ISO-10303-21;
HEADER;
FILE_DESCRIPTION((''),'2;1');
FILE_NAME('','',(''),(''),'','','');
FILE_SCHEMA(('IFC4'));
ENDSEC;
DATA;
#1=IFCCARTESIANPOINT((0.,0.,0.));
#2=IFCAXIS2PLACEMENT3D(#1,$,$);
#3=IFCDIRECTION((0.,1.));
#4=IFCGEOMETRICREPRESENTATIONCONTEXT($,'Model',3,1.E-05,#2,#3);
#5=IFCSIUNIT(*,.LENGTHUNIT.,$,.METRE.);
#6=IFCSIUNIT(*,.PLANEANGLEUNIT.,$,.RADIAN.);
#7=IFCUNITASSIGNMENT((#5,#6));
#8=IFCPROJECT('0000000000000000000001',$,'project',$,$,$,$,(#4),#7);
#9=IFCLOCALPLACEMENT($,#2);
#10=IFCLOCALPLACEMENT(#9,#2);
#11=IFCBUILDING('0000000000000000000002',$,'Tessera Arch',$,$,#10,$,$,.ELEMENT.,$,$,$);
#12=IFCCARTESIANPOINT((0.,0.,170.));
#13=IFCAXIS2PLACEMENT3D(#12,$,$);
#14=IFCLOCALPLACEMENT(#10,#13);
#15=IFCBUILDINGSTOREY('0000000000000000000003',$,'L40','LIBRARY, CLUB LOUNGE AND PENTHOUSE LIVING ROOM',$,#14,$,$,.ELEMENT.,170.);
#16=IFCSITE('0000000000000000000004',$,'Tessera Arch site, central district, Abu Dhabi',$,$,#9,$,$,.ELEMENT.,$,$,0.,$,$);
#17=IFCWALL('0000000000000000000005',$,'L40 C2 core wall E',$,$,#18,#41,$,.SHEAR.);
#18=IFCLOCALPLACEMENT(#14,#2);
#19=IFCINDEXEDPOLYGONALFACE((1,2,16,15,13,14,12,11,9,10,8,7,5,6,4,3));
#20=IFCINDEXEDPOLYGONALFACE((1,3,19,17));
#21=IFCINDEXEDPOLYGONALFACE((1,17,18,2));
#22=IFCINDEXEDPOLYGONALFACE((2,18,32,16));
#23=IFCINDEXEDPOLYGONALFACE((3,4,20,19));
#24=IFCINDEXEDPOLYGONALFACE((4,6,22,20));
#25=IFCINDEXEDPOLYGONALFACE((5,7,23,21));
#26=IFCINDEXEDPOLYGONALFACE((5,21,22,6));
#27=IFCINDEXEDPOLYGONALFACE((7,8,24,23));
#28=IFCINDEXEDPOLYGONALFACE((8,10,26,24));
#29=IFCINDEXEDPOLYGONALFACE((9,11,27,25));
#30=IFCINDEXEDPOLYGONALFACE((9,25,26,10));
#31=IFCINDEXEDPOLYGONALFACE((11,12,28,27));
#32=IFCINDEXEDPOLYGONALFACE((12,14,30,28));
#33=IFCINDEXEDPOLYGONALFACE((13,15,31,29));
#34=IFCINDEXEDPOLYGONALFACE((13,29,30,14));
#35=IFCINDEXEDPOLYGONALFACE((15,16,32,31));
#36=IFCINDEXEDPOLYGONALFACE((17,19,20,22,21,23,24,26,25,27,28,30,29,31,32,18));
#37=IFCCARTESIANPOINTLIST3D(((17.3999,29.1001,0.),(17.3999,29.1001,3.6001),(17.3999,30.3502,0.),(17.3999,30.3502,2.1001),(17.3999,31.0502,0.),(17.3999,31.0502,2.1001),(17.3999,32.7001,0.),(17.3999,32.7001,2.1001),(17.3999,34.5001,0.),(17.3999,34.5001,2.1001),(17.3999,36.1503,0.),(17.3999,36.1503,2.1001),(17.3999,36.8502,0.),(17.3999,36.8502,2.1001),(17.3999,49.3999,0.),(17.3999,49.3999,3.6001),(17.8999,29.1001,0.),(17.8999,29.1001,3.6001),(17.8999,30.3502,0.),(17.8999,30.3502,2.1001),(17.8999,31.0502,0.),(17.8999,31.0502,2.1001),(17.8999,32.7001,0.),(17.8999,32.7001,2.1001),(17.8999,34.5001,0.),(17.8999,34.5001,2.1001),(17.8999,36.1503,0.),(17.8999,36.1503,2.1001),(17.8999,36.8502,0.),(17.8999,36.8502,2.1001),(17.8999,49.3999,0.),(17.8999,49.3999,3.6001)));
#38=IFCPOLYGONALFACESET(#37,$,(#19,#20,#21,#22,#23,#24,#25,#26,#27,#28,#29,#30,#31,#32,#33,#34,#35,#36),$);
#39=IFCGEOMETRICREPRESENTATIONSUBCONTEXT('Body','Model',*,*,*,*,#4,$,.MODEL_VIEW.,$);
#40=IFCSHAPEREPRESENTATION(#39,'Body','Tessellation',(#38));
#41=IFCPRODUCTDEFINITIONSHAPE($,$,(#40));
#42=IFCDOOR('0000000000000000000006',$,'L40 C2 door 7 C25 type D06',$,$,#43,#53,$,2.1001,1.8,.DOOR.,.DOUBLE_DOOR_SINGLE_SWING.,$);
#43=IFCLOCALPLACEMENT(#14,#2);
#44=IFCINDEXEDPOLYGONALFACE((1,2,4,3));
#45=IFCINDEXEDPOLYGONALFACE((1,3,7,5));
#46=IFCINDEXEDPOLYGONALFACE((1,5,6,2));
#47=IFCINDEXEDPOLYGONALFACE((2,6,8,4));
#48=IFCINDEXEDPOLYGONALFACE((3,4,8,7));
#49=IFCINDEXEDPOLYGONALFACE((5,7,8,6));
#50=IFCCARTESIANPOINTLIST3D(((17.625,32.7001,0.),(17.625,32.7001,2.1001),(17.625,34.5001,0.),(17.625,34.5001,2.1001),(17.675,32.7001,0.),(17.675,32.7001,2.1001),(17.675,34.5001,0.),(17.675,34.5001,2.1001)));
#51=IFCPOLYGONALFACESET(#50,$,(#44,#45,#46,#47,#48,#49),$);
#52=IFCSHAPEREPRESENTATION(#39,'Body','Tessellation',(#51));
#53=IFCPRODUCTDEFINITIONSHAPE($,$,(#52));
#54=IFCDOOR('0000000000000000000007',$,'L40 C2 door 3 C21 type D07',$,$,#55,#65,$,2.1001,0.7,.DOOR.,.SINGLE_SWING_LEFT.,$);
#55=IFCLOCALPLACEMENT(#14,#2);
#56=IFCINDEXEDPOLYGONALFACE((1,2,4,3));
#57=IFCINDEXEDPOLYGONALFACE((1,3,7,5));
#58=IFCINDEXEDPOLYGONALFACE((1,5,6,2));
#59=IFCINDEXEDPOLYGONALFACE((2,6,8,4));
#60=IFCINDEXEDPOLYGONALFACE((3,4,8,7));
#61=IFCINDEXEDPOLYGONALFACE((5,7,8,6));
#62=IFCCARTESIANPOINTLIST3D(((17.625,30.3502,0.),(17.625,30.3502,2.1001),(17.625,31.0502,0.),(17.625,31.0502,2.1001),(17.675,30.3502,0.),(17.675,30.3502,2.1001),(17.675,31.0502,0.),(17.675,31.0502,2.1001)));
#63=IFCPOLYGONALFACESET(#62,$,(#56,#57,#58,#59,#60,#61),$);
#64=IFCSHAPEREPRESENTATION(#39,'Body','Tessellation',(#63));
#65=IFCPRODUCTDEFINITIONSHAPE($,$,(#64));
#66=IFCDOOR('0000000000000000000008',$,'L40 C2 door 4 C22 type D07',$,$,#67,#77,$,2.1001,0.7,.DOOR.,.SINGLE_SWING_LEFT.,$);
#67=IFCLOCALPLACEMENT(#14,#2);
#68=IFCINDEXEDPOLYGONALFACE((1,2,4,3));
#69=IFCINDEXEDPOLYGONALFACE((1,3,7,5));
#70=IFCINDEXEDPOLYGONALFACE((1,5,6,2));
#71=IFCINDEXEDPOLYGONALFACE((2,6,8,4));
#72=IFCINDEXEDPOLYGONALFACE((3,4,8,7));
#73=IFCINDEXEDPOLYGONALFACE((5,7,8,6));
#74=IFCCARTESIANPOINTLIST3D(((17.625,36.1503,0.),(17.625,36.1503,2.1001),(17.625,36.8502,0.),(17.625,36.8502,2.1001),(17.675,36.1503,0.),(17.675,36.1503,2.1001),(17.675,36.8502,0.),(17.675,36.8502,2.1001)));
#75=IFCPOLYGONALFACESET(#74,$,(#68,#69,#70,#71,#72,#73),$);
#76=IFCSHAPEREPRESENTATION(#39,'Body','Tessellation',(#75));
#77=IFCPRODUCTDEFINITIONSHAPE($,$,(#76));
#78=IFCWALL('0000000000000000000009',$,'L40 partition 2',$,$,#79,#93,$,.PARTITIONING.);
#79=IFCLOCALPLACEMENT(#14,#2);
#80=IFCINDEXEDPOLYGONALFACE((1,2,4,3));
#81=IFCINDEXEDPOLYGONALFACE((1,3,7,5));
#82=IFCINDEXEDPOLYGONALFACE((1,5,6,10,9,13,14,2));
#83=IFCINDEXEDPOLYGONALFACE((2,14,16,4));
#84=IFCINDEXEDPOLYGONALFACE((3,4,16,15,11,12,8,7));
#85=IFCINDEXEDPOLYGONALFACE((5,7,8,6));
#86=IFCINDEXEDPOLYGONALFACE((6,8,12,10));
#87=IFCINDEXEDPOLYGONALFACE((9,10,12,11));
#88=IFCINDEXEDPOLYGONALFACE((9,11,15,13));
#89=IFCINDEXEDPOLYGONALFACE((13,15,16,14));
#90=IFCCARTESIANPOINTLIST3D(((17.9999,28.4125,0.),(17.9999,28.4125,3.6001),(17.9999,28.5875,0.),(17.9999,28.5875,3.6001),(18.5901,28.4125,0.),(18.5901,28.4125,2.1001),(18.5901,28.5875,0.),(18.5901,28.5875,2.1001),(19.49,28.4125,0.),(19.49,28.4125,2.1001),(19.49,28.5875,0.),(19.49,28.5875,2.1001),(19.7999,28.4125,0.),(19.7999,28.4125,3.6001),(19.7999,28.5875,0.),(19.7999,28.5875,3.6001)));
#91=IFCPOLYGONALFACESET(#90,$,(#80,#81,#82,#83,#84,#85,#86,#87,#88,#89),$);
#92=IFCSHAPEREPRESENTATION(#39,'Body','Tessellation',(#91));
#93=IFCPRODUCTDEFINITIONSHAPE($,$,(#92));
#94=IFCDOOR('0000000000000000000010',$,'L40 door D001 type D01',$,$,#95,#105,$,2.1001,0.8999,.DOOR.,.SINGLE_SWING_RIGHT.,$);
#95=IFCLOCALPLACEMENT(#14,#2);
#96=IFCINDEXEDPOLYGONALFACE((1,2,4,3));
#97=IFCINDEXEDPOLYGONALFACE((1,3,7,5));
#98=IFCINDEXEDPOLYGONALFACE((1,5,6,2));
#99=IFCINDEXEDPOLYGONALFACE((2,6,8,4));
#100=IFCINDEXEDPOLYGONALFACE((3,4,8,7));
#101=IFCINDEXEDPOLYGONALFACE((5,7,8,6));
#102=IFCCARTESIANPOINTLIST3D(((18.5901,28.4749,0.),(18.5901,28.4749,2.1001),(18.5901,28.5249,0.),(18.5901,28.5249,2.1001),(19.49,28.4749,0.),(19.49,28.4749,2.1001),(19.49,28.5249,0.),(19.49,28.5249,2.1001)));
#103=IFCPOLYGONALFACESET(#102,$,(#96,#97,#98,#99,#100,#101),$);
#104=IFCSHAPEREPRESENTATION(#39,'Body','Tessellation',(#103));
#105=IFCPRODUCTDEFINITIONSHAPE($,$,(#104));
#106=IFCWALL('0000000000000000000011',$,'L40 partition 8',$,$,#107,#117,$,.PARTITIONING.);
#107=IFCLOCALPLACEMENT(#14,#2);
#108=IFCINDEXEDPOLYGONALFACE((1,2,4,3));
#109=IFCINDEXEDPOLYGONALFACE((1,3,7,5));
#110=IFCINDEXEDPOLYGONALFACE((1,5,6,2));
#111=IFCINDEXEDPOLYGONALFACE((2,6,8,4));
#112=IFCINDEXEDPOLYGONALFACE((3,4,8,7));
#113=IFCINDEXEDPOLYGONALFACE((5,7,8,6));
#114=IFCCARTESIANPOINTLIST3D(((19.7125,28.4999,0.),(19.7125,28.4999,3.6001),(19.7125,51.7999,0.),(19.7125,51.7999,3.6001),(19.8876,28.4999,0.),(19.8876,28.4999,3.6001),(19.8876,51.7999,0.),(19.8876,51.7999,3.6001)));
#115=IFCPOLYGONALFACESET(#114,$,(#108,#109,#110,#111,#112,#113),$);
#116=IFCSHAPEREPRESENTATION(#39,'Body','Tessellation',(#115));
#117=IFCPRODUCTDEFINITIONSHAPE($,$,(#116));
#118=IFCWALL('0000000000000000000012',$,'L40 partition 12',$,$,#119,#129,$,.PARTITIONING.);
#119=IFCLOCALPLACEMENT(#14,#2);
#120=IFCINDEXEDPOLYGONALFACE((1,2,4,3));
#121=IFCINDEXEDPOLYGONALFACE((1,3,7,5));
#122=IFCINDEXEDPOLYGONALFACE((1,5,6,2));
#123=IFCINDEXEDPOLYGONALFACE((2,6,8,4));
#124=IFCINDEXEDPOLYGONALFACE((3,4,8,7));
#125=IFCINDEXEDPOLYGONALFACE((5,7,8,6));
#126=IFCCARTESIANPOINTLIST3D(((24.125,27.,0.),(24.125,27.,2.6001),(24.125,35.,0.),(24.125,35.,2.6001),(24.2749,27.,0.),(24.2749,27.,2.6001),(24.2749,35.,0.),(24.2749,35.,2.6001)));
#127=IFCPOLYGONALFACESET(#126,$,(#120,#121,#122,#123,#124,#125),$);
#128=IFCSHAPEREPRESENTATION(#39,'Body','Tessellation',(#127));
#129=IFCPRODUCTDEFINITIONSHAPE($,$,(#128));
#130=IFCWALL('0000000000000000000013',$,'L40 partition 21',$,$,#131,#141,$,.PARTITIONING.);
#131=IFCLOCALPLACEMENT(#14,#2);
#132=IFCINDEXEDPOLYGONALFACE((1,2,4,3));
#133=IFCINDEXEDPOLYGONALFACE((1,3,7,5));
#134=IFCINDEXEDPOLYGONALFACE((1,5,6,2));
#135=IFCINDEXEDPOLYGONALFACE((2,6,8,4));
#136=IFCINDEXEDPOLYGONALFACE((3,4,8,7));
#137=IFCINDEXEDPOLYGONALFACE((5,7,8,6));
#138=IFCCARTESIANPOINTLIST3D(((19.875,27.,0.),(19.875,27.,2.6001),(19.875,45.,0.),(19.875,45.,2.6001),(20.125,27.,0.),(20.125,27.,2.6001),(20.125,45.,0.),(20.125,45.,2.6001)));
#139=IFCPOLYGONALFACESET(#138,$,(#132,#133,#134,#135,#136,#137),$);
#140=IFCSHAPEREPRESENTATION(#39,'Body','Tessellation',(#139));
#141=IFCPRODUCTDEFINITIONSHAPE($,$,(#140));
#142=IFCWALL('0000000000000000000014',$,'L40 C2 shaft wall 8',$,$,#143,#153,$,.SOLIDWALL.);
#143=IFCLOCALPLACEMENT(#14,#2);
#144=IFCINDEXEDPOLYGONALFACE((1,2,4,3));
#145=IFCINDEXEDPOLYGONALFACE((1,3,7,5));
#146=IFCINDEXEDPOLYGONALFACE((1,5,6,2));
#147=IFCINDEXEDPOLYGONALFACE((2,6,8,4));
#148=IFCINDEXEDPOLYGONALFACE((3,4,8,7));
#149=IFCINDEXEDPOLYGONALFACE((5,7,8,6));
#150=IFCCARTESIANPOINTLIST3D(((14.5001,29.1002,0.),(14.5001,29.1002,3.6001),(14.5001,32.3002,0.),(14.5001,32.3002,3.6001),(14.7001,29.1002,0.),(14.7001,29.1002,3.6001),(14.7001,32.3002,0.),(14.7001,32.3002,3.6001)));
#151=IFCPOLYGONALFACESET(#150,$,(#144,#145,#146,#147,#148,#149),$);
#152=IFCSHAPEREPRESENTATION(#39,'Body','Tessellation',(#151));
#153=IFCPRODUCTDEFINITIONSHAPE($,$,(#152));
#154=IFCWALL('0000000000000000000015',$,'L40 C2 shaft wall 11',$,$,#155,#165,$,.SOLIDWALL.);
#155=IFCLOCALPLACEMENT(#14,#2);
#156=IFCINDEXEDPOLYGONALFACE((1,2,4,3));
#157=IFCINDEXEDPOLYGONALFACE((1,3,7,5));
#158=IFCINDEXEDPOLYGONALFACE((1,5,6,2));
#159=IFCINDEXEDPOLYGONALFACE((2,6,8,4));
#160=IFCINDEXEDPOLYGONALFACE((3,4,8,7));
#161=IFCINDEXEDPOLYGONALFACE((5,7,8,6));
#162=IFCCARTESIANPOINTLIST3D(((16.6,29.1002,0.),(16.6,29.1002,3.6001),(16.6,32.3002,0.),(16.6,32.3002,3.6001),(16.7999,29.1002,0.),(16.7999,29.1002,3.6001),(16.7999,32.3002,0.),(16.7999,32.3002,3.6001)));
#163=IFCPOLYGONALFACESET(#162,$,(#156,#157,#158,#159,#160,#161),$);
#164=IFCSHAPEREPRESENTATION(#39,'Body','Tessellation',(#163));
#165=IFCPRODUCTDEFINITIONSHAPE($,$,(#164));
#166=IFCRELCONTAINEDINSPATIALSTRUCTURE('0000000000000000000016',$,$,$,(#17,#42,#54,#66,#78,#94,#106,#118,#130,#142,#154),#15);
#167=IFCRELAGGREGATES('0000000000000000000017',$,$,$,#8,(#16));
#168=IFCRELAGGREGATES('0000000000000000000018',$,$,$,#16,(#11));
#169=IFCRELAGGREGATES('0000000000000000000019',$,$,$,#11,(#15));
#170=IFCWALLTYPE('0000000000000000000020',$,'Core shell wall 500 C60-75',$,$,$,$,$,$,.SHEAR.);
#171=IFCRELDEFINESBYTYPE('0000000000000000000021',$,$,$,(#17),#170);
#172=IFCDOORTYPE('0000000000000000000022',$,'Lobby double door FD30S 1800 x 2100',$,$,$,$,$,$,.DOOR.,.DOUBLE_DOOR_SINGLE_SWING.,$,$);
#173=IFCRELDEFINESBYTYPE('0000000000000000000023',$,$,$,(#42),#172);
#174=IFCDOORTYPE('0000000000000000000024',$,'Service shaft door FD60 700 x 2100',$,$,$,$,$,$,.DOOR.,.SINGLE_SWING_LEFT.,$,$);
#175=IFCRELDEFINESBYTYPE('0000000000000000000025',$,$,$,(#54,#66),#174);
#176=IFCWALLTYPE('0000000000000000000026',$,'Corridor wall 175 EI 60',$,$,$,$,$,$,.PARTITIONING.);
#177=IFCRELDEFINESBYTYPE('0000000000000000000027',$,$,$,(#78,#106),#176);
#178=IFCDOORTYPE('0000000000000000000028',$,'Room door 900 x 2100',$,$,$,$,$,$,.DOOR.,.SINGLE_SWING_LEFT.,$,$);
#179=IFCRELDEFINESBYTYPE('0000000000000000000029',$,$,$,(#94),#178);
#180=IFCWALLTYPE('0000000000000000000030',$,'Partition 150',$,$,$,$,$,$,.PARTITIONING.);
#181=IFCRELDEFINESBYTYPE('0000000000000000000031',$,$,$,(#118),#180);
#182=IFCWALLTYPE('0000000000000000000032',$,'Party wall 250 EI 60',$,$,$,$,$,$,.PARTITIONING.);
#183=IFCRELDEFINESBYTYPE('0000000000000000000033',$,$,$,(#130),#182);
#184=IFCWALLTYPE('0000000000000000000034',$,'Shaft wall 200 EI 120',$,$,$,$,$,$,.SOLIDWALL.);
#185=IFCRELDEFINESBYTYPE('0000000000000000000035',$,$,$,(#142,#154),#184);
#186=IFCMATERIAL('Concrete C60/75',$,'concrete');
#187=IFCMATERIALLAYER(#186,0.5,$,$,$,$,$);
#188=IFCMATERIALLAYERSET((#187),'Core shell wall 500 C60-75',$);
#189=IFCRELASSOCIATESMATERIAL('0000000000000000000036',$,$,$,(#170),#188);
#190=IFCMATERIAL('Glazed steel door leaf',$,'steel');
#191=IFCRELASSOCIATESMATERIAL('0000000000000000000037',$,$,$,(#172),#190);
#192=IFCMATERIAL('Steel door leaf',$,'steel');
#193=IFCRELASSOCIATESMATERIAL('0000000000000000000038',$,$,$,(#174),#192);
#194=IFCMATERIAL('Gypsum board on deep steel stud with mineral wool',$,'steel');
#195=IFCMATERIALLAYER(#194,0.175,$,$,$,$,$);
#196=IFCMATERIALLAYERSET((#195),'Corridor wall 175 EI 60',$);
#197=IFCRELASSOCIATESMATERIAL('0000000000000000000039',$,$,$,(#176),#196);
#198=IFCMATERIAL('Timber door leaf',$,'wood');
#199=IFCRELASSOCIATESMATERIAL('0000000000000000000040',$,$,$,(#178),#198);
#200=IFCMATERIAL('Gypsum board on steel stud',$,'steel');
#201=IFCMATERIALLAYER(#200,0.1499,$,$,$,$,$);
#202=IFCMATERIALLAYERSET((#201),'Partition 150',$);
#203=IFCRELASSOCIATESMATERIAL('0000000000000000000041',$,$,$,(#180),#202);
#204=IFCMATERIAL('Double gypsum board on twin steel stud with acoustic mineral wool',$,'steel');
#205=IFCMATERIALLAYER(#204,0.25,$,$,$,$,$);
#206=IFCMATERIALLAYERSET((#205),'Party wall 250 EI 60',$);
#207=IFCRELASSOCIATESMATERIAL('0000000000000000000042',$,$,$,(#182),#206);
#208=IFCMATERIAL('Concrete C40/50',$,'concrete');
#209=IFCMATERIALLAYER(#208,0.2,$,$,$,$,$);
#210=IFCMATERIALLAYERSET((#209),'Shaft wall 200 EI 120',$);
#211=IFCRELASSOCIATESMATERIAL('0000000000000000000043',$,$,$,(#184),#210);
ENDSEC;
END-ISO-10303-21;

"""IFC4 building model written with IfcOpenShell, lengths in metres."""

from ifc_helpers import new_model, si_unit, direction, frame, frame_2d, origin, place, context, subcontext, project, spatial, rectangle, extrude, material, layer, layer_set, type_object, element, fill, save


model = new_model("IFC4")

# Units and contexts
model_context = context("Model", 3, precision=1e-05, world=origin(), true_north=direction((0.0, 1.0)))
body_context = subcontext(model_context, "Body", "Model", "MODEL_VIEW")
ifc_project = project(units=[si_unit("LENGTHUNIT", "METRE"), si_unit("PLANEANGLEUNIT", "RADIAN")], contexts=[model_context])

# Site, building, storey
site_placement = place(None, origin())
site = spatial("IfcSite", under=ifc_project, at=site_placement, Name="Tessera Arch site, central district, Abu Dhabi", CompositionType="ELEMENT", RefElevation=0.0)
building_placement = place(site_placement, origin())
building = spatial("IfcBuilding", under=site, at=building_placement, Name="Tessera Arch", CompositionType="ELEMENT")
storey_placement = place(building_placement, frame((0.0, 0.0, 170.0)))
storey = spatial("IfcBuildingStorey", under=building, at=storey_placement, Name="L40", Description="LIBRARY, CLUB LOUNGE AND PENTHOUSE LIVING ROOM", CompositionType="ELEMENT", Elevation=170.0)

# Wall, openings, doors
ifc_material_1 = material(Name="Concrete C60/75", Category="concrete")
ifc_layer_1 = layer(ifc_material_1, 0.5)
ifc_layer_set_1 = layer_set([ifc_layer_1], Name="Core shell wall 500 C60-75")
wall_type_1 = type_object("IfcWallType", Name="Core shell wall 500 C60-75", PredefinedType="SHEAR", material=ifc_layer_set_1)
wall_1_placement = place(storey_placement, frame((17.6499, 29.1001, 0.0), z_axis=(0.0, 0.0, 1.0), x_axis=(0.0, 1.0, 0.0)))
wall_1 = element("IfcWall", 1, at=wall_1_placement, inside=storey, type_object=wall_type_1, Name="L40 C2 core wall E", PredefinedType="SHEAR", context=body_context, shape_type="SweptSolid", body=[
    extrude(rectangle(XDim=20.2998, YDim=0.5, at=frame_2d((10.1499, 0.0))), origin(), (0.0, 0.0, 1.0), 3.6001),
])
opening_1_placement = place(wall_1_placement, frame((1.25, 0.0, 0.0)))
opening_1 = element("IfcOpeningElement", 2, at=opening_1_placement, cuts=wall_1, PredefinedType="OPENING", context=body_context, shape_type="SweptSolid", body=[
    extrude(rectangle(XDim=0.7, YDim=2.1001, at=frame_2d((0.3501, 1.05))), frame((0.0, 0.26, 0.0), z_axis=(0.0, -1.0, 0.0), x_axis=(1.0, 0.0, 0.0)), (0.0, 0.0, 1.0), 0.52),
])
opening_2_placement = place(wall_1_placement, frame((7.05, 0.0, 0.0)))
opening_2 = element("IfcOpeningElement", 3, at=opening_2_placement, cuts=wall_1, PredefinedType="OPENING", context=body_context, shape_type="SweptSolid", body=[
    extrude(rectangle(XDim=0.7, YDim=2.1001, at=frame_2d((0.3501, 1.05))), frame((0.0, 0.26, 0.0), z_axis=(0.0, -1.0, 0.0), x_axis=(1.0, 0.0, 0.0)), (0.0, 0.0, 1.0), 0.52),
])
opening_3_placement = place(wall_1_placement, frame((3.6001, 0.0, 0.0)))
opening_3 = element("IfcOpeningElement", 4, at=opening_3_placement, cuts=wall_1, PredefinedType="OPENING", context=body_context, shape_type="SweptSolid", body=[
    extrude(rectangle(XDim=1.8, YDim=2.1001, at=frame_2d((0.8999, 1.05))), frame((0.0, 0.26, 0.0), z_axis=(0.0, -1.0, 0.0), x_axis=(1.0, 0.0, 0.0)), (0.0, 0.0, 1.0), 0.52),
])
ifc_material_2 = material(Name="Glazed steel door leaf", Category="steel")
door_type_1 = type_object("IfcDoorType", Name="Lobby double door FD30S 1800 x 2100", OperationType="DOUBLE_DOOR_SINGLE_SWING", PredefinedType="DOOR", material=ifc_material_2)
door_1_placement = place(opening_3_placement, origin())
door_1 = element("IfcDoor", 5, at=door_1_placement, inside=storey, type_object=door_type_1, Name="L40 C2 door 7 C25 type D06", OperationType="DOUBLE_DOOR_SINGLE_SWING", OverallHeight=2.1001, OverallWidth=1.8, PredefinedType="DOOR", context=body_context, shape_type="SweptSolid", body=[
    extrude(rectangle(XDim=1.8, YDim=2.1001, at=frame_2d((0.8999, 1.05))), frame((0.0, 0.0249, 0.0), z_axis=(0.0, -1.0, 0.0), x_axis=(1.0, 0.0, 0.0)), (0.0, 0.0, 1.0), 0.05),
])
fill(opening_3, door_1)
ifc_material_3 = material(Name="Steel door leaf", Category="steel")
door_type_2 = type_object("IfcDoorType", Name="Service shaft door FD60 700 x 2100", OperationType="SINGLE_SWING_LEFT", PredefinedType="DOOR", material=ifc_material_3)
door_2_placement = place(opening_1_placement, origin())
door_2 = element("IfcDoor", 6, at=door_2_placement, inside=storey, type_object=door_type_2, Name="L40 C2 door 3 C21 type D07", OperationType="SINGLE_SWING_LEFT", OverallHeight=2.1001, OverallWidth=0.7, PredefinedType="DOOR", context=body_context, shape_type="SweptSolid", body=[
    extrude(rectangle(XDim=0.7, YDim=2.1001, at=frame_2d((0.3501, 1.05))), frame((0.0, 0.0249, 0.0), z_axis=(0.0, -1.0, 0.0), x_axis=(1.0, 0.0, 0.0)), (0.0, 0.0, 1.0), 0.05),
])
fill(opening_1, door_2)
door_3_placement = place(opening_2_placement, origin())
door_3 = element("IfcDoor", 7, at=door_3_placement, inside=storey, type_object=door_type_2, Name="L40 C2 door 4 C22 type D07", OperationType="SINGLE_SWING_LEFT", OverallHeight=2.1001, OverallWidth=0.7, PredefinedType="DOOR", context=body_context, shape_type="SweptSolid", body=[
    extrude(rectangle(XDim=0.7, YDim=2.1001, at=frame_2d((0.3501, 1.05))), frame((0.0, 0.0249, 0.0), z_axis=(0.0, -1.0, 0.0), x_axis=(1.0, 0.0, 0.0)), (0.0, 0.0, 1.0), 0.05),
])
fill(opening_2, door_3)

# Wall, opening, door
ifc_material_4 = material(Name="Gypsum board on deep steel stud with mineral wool", Category="steel")
ifc_layer_2 = layer(ifc_material_4, 0.175)
ifc_layer_set_2 = layer_set([ifc_layer_2], Name="Corridor wall 175 EI 60")
wall_type_2 = type_object("IfcWallType", Name="Corridor wall 175 EI 60", PredefinedType="PARTITIONING", material=ifc_layer_set_2)
wall_2_placement = place(storey_placement, frame((18.0, 28.5, 0.0), z_axis=(0.0, 0.0, 1.0), x_axis=(1.0, 0.0, 0.0)))
wall_2 = element("IfcWall", 8, at=wall_2_placement, inside=storey, type_object=wall_type_2, Name="L40 partition 2", PredefinedType="PARTITIONING", context=body_context, shape_type="SweptSolid", body=[
    extrude(rectangle(XDim=1.8, YDim=0.175, at=frame_2d((0.8999, 0.0))), origin(), (0.0, 0.0, 1.0), 3.6001),
])
opening_4_placement = place(wall_2_placement, frame((0.5901, 0.0, 0.0)))
opening_4 = element("IfcOpeningElement", 9, at=opening_4_placement, cuts=wall_2, PredefinedType="OPENING", context=body_context, shape_type="SweptSolid", body=[
    extrude(rectangle(XDim=0.8999, YDim=2.1001, at=frame_2d((0.45, 1.05))), frame((0.0, 0.0974, 0.0), z_axis=(0.0, -1.0, 0.0), x_axis=(1.0, 0.0, 0.0)), (0.0, 0.0, 1.0), 0.1951),
])
ifc_material_5 = material(Name="Timber door leaf", Category="wood")
door_type_3 = type_object("IfcDoorType", Name="Room door 900 x 2100", OperationType="SINGLE_SWING_LEFT", PredefinedType="DOOR", material=ifc_material_5)
door_4_placement = place(opening_4_placement, origin())
door_4 = element("IfcDoor", 10, at=door_4_placement, inside=storey, type_object=door_type_3, Name="L40 door D001 type D01", OperationType="SINGLE_SWING_RIGHT", OverallHeight=2.1001, OverallWidth=0.8999, PredefinedType="DOOR", context=body_context, shape_type="SweptSolid", body=[
    extrude(rectangle(XDim=0.8999, YDim=2.1001, at=frame_2d((0.45, 1.05))), frame((0.0, 0.0249, 0.0), z_axis=(0.0, -1.0, 0.0), x_axis=(1.0, 0.0, 0.0)), (0.0, 0.0, 1.0), 0.05),
])
fill(opening_4, door_4)

# Walls
wall_3_placement = place(storey_placement, frame((19.8, 28.5, 0.0), z_axis=(0.0, 0.0, 1.0), x_axis=(0.0, 1.0, 0.0)))
element("IfcWall", 11, at=wall_3_placement, inside=storey, type_object=wall_type_2, Name="L40 partition 8", PredefinedType="PARTITIONING", context=body_context, shape_type="SweptSolid", body=[
    extrude(rectangle(XDim=23.3, YDim=0.175, at=frame_2d((11.6499, 0.0))), origin(), (0.0, 0.0, 1.0), 3.6001),
])
ifc_material_6 = material(Name="Gypsum board on steel stud", Category="steel")
ifc_layer_3 = layer(ifc_material_6, 0.1499)
ifc_layer_set_3 = layer_set([ifc_layer_3], Name="Partition 150")
wall_type_3 = type_object("IfcWallType", Name="Partition 150", PredefinedType="PARTITIONING", material=ifc_layer_set_3)
wall_4_placement = place(storey_placement, frame((24.2, 27.0, 0.0), z_axis=(0.0, 0.0, 1.0), x_axis=(0.0, 1.0, 0.0)))
element("IfcWall", 12, at=wall_4_placement, inside=storey, type_object=wall_type_3, Name="L40 partition 12", PredefinedType="PARTITIONING", context=body_context, shape_type="SweptSolid", body=[
    extrude(rectangle(XDim=8.0, YDim=0.1499, at=frame_2d((4.0, 0.0))), origin(), (0.0, 0.0, 1.0), 2.6001),
])
ifc_material_7 = material(Name="Double gypsum board on twin steel stud with acoustic mineral wool", Category="steel")
ifc_layer_4 = layer(ifc_material_7, 0.25)
ifc_layer_set_4 = layer_set([ifc_layer_4], Name="Party wall 250 EI 60")
wall_type_4 = type_object("IfcWallType", Name="Party wall 250 EI 60", PredefinedType="PARTITIONING", material=ifc_layer_set_4)
wall_5_placement = place(storey_placement, frame((20.0, 27.0, 0.0), z_axis=(0.0, 0.0, 1.0), x_axis=(0.0, 1.0, 0.0)))
element("IfcWall", 13, at=wall_5_placement, inside=storey, type_object=wall_type_4, Name="L40 partition 21", PredefinedType="PARTITIONING", context=body_context, shape_type="SweptSolid", body=[
    extrude(rectangle(XDim=18.0, YDim=0.25, at=frame_2d((9.0, 0.0))), origin(), (0.0, 0.0, 1.0), 2.6001),
])
ifc_material_8 = material(Name="Concrete C40/50", Category="concrete")
ifc_layer_5 = layer(ifc_material_8, 0.2)
ifc_layer_set_5 = layer_set([ifc_layer_5], Name="Shaft wall 200 EI 120")
wall_type_5 = type_object("IfcWallType", Name="Shaft wall 200 EI 120", PredefinedType="SOLIDWALL", material=ifc_layer_set_5)
for number, where, z_axis, x_axis, name in (
    (14, (14.6001, 29.1001, 0.0), (0.0, 0.0, 1.0), (0.0, 1.0, 0.0), "L40 C2 shaft wall 8"),
    (15, (16.7, 29.1001, 0.0), (0.0, 0.0, 1.0), (0.0, 1.0, 0.0), "L40 C2 shaft wall 11"),
):
    element("IfcWall", number, at=place(storey_placement, frame(where, z_axis=z_axis, x_axis=x_axis)), inside=storey, type_object=wall_type_5, Name=name, PredefinedType="SOLIDWALL", context=body_context, shape_type="SweptSolid", body=[
        extrude(rectangle(XDim=3.2, YDim=0.2, at=frame_2d((1.6001, 0.0))), origin(), (0.0, 0.0, 1.0), 3.6001),
    ])

save(model, "model.ifc")
